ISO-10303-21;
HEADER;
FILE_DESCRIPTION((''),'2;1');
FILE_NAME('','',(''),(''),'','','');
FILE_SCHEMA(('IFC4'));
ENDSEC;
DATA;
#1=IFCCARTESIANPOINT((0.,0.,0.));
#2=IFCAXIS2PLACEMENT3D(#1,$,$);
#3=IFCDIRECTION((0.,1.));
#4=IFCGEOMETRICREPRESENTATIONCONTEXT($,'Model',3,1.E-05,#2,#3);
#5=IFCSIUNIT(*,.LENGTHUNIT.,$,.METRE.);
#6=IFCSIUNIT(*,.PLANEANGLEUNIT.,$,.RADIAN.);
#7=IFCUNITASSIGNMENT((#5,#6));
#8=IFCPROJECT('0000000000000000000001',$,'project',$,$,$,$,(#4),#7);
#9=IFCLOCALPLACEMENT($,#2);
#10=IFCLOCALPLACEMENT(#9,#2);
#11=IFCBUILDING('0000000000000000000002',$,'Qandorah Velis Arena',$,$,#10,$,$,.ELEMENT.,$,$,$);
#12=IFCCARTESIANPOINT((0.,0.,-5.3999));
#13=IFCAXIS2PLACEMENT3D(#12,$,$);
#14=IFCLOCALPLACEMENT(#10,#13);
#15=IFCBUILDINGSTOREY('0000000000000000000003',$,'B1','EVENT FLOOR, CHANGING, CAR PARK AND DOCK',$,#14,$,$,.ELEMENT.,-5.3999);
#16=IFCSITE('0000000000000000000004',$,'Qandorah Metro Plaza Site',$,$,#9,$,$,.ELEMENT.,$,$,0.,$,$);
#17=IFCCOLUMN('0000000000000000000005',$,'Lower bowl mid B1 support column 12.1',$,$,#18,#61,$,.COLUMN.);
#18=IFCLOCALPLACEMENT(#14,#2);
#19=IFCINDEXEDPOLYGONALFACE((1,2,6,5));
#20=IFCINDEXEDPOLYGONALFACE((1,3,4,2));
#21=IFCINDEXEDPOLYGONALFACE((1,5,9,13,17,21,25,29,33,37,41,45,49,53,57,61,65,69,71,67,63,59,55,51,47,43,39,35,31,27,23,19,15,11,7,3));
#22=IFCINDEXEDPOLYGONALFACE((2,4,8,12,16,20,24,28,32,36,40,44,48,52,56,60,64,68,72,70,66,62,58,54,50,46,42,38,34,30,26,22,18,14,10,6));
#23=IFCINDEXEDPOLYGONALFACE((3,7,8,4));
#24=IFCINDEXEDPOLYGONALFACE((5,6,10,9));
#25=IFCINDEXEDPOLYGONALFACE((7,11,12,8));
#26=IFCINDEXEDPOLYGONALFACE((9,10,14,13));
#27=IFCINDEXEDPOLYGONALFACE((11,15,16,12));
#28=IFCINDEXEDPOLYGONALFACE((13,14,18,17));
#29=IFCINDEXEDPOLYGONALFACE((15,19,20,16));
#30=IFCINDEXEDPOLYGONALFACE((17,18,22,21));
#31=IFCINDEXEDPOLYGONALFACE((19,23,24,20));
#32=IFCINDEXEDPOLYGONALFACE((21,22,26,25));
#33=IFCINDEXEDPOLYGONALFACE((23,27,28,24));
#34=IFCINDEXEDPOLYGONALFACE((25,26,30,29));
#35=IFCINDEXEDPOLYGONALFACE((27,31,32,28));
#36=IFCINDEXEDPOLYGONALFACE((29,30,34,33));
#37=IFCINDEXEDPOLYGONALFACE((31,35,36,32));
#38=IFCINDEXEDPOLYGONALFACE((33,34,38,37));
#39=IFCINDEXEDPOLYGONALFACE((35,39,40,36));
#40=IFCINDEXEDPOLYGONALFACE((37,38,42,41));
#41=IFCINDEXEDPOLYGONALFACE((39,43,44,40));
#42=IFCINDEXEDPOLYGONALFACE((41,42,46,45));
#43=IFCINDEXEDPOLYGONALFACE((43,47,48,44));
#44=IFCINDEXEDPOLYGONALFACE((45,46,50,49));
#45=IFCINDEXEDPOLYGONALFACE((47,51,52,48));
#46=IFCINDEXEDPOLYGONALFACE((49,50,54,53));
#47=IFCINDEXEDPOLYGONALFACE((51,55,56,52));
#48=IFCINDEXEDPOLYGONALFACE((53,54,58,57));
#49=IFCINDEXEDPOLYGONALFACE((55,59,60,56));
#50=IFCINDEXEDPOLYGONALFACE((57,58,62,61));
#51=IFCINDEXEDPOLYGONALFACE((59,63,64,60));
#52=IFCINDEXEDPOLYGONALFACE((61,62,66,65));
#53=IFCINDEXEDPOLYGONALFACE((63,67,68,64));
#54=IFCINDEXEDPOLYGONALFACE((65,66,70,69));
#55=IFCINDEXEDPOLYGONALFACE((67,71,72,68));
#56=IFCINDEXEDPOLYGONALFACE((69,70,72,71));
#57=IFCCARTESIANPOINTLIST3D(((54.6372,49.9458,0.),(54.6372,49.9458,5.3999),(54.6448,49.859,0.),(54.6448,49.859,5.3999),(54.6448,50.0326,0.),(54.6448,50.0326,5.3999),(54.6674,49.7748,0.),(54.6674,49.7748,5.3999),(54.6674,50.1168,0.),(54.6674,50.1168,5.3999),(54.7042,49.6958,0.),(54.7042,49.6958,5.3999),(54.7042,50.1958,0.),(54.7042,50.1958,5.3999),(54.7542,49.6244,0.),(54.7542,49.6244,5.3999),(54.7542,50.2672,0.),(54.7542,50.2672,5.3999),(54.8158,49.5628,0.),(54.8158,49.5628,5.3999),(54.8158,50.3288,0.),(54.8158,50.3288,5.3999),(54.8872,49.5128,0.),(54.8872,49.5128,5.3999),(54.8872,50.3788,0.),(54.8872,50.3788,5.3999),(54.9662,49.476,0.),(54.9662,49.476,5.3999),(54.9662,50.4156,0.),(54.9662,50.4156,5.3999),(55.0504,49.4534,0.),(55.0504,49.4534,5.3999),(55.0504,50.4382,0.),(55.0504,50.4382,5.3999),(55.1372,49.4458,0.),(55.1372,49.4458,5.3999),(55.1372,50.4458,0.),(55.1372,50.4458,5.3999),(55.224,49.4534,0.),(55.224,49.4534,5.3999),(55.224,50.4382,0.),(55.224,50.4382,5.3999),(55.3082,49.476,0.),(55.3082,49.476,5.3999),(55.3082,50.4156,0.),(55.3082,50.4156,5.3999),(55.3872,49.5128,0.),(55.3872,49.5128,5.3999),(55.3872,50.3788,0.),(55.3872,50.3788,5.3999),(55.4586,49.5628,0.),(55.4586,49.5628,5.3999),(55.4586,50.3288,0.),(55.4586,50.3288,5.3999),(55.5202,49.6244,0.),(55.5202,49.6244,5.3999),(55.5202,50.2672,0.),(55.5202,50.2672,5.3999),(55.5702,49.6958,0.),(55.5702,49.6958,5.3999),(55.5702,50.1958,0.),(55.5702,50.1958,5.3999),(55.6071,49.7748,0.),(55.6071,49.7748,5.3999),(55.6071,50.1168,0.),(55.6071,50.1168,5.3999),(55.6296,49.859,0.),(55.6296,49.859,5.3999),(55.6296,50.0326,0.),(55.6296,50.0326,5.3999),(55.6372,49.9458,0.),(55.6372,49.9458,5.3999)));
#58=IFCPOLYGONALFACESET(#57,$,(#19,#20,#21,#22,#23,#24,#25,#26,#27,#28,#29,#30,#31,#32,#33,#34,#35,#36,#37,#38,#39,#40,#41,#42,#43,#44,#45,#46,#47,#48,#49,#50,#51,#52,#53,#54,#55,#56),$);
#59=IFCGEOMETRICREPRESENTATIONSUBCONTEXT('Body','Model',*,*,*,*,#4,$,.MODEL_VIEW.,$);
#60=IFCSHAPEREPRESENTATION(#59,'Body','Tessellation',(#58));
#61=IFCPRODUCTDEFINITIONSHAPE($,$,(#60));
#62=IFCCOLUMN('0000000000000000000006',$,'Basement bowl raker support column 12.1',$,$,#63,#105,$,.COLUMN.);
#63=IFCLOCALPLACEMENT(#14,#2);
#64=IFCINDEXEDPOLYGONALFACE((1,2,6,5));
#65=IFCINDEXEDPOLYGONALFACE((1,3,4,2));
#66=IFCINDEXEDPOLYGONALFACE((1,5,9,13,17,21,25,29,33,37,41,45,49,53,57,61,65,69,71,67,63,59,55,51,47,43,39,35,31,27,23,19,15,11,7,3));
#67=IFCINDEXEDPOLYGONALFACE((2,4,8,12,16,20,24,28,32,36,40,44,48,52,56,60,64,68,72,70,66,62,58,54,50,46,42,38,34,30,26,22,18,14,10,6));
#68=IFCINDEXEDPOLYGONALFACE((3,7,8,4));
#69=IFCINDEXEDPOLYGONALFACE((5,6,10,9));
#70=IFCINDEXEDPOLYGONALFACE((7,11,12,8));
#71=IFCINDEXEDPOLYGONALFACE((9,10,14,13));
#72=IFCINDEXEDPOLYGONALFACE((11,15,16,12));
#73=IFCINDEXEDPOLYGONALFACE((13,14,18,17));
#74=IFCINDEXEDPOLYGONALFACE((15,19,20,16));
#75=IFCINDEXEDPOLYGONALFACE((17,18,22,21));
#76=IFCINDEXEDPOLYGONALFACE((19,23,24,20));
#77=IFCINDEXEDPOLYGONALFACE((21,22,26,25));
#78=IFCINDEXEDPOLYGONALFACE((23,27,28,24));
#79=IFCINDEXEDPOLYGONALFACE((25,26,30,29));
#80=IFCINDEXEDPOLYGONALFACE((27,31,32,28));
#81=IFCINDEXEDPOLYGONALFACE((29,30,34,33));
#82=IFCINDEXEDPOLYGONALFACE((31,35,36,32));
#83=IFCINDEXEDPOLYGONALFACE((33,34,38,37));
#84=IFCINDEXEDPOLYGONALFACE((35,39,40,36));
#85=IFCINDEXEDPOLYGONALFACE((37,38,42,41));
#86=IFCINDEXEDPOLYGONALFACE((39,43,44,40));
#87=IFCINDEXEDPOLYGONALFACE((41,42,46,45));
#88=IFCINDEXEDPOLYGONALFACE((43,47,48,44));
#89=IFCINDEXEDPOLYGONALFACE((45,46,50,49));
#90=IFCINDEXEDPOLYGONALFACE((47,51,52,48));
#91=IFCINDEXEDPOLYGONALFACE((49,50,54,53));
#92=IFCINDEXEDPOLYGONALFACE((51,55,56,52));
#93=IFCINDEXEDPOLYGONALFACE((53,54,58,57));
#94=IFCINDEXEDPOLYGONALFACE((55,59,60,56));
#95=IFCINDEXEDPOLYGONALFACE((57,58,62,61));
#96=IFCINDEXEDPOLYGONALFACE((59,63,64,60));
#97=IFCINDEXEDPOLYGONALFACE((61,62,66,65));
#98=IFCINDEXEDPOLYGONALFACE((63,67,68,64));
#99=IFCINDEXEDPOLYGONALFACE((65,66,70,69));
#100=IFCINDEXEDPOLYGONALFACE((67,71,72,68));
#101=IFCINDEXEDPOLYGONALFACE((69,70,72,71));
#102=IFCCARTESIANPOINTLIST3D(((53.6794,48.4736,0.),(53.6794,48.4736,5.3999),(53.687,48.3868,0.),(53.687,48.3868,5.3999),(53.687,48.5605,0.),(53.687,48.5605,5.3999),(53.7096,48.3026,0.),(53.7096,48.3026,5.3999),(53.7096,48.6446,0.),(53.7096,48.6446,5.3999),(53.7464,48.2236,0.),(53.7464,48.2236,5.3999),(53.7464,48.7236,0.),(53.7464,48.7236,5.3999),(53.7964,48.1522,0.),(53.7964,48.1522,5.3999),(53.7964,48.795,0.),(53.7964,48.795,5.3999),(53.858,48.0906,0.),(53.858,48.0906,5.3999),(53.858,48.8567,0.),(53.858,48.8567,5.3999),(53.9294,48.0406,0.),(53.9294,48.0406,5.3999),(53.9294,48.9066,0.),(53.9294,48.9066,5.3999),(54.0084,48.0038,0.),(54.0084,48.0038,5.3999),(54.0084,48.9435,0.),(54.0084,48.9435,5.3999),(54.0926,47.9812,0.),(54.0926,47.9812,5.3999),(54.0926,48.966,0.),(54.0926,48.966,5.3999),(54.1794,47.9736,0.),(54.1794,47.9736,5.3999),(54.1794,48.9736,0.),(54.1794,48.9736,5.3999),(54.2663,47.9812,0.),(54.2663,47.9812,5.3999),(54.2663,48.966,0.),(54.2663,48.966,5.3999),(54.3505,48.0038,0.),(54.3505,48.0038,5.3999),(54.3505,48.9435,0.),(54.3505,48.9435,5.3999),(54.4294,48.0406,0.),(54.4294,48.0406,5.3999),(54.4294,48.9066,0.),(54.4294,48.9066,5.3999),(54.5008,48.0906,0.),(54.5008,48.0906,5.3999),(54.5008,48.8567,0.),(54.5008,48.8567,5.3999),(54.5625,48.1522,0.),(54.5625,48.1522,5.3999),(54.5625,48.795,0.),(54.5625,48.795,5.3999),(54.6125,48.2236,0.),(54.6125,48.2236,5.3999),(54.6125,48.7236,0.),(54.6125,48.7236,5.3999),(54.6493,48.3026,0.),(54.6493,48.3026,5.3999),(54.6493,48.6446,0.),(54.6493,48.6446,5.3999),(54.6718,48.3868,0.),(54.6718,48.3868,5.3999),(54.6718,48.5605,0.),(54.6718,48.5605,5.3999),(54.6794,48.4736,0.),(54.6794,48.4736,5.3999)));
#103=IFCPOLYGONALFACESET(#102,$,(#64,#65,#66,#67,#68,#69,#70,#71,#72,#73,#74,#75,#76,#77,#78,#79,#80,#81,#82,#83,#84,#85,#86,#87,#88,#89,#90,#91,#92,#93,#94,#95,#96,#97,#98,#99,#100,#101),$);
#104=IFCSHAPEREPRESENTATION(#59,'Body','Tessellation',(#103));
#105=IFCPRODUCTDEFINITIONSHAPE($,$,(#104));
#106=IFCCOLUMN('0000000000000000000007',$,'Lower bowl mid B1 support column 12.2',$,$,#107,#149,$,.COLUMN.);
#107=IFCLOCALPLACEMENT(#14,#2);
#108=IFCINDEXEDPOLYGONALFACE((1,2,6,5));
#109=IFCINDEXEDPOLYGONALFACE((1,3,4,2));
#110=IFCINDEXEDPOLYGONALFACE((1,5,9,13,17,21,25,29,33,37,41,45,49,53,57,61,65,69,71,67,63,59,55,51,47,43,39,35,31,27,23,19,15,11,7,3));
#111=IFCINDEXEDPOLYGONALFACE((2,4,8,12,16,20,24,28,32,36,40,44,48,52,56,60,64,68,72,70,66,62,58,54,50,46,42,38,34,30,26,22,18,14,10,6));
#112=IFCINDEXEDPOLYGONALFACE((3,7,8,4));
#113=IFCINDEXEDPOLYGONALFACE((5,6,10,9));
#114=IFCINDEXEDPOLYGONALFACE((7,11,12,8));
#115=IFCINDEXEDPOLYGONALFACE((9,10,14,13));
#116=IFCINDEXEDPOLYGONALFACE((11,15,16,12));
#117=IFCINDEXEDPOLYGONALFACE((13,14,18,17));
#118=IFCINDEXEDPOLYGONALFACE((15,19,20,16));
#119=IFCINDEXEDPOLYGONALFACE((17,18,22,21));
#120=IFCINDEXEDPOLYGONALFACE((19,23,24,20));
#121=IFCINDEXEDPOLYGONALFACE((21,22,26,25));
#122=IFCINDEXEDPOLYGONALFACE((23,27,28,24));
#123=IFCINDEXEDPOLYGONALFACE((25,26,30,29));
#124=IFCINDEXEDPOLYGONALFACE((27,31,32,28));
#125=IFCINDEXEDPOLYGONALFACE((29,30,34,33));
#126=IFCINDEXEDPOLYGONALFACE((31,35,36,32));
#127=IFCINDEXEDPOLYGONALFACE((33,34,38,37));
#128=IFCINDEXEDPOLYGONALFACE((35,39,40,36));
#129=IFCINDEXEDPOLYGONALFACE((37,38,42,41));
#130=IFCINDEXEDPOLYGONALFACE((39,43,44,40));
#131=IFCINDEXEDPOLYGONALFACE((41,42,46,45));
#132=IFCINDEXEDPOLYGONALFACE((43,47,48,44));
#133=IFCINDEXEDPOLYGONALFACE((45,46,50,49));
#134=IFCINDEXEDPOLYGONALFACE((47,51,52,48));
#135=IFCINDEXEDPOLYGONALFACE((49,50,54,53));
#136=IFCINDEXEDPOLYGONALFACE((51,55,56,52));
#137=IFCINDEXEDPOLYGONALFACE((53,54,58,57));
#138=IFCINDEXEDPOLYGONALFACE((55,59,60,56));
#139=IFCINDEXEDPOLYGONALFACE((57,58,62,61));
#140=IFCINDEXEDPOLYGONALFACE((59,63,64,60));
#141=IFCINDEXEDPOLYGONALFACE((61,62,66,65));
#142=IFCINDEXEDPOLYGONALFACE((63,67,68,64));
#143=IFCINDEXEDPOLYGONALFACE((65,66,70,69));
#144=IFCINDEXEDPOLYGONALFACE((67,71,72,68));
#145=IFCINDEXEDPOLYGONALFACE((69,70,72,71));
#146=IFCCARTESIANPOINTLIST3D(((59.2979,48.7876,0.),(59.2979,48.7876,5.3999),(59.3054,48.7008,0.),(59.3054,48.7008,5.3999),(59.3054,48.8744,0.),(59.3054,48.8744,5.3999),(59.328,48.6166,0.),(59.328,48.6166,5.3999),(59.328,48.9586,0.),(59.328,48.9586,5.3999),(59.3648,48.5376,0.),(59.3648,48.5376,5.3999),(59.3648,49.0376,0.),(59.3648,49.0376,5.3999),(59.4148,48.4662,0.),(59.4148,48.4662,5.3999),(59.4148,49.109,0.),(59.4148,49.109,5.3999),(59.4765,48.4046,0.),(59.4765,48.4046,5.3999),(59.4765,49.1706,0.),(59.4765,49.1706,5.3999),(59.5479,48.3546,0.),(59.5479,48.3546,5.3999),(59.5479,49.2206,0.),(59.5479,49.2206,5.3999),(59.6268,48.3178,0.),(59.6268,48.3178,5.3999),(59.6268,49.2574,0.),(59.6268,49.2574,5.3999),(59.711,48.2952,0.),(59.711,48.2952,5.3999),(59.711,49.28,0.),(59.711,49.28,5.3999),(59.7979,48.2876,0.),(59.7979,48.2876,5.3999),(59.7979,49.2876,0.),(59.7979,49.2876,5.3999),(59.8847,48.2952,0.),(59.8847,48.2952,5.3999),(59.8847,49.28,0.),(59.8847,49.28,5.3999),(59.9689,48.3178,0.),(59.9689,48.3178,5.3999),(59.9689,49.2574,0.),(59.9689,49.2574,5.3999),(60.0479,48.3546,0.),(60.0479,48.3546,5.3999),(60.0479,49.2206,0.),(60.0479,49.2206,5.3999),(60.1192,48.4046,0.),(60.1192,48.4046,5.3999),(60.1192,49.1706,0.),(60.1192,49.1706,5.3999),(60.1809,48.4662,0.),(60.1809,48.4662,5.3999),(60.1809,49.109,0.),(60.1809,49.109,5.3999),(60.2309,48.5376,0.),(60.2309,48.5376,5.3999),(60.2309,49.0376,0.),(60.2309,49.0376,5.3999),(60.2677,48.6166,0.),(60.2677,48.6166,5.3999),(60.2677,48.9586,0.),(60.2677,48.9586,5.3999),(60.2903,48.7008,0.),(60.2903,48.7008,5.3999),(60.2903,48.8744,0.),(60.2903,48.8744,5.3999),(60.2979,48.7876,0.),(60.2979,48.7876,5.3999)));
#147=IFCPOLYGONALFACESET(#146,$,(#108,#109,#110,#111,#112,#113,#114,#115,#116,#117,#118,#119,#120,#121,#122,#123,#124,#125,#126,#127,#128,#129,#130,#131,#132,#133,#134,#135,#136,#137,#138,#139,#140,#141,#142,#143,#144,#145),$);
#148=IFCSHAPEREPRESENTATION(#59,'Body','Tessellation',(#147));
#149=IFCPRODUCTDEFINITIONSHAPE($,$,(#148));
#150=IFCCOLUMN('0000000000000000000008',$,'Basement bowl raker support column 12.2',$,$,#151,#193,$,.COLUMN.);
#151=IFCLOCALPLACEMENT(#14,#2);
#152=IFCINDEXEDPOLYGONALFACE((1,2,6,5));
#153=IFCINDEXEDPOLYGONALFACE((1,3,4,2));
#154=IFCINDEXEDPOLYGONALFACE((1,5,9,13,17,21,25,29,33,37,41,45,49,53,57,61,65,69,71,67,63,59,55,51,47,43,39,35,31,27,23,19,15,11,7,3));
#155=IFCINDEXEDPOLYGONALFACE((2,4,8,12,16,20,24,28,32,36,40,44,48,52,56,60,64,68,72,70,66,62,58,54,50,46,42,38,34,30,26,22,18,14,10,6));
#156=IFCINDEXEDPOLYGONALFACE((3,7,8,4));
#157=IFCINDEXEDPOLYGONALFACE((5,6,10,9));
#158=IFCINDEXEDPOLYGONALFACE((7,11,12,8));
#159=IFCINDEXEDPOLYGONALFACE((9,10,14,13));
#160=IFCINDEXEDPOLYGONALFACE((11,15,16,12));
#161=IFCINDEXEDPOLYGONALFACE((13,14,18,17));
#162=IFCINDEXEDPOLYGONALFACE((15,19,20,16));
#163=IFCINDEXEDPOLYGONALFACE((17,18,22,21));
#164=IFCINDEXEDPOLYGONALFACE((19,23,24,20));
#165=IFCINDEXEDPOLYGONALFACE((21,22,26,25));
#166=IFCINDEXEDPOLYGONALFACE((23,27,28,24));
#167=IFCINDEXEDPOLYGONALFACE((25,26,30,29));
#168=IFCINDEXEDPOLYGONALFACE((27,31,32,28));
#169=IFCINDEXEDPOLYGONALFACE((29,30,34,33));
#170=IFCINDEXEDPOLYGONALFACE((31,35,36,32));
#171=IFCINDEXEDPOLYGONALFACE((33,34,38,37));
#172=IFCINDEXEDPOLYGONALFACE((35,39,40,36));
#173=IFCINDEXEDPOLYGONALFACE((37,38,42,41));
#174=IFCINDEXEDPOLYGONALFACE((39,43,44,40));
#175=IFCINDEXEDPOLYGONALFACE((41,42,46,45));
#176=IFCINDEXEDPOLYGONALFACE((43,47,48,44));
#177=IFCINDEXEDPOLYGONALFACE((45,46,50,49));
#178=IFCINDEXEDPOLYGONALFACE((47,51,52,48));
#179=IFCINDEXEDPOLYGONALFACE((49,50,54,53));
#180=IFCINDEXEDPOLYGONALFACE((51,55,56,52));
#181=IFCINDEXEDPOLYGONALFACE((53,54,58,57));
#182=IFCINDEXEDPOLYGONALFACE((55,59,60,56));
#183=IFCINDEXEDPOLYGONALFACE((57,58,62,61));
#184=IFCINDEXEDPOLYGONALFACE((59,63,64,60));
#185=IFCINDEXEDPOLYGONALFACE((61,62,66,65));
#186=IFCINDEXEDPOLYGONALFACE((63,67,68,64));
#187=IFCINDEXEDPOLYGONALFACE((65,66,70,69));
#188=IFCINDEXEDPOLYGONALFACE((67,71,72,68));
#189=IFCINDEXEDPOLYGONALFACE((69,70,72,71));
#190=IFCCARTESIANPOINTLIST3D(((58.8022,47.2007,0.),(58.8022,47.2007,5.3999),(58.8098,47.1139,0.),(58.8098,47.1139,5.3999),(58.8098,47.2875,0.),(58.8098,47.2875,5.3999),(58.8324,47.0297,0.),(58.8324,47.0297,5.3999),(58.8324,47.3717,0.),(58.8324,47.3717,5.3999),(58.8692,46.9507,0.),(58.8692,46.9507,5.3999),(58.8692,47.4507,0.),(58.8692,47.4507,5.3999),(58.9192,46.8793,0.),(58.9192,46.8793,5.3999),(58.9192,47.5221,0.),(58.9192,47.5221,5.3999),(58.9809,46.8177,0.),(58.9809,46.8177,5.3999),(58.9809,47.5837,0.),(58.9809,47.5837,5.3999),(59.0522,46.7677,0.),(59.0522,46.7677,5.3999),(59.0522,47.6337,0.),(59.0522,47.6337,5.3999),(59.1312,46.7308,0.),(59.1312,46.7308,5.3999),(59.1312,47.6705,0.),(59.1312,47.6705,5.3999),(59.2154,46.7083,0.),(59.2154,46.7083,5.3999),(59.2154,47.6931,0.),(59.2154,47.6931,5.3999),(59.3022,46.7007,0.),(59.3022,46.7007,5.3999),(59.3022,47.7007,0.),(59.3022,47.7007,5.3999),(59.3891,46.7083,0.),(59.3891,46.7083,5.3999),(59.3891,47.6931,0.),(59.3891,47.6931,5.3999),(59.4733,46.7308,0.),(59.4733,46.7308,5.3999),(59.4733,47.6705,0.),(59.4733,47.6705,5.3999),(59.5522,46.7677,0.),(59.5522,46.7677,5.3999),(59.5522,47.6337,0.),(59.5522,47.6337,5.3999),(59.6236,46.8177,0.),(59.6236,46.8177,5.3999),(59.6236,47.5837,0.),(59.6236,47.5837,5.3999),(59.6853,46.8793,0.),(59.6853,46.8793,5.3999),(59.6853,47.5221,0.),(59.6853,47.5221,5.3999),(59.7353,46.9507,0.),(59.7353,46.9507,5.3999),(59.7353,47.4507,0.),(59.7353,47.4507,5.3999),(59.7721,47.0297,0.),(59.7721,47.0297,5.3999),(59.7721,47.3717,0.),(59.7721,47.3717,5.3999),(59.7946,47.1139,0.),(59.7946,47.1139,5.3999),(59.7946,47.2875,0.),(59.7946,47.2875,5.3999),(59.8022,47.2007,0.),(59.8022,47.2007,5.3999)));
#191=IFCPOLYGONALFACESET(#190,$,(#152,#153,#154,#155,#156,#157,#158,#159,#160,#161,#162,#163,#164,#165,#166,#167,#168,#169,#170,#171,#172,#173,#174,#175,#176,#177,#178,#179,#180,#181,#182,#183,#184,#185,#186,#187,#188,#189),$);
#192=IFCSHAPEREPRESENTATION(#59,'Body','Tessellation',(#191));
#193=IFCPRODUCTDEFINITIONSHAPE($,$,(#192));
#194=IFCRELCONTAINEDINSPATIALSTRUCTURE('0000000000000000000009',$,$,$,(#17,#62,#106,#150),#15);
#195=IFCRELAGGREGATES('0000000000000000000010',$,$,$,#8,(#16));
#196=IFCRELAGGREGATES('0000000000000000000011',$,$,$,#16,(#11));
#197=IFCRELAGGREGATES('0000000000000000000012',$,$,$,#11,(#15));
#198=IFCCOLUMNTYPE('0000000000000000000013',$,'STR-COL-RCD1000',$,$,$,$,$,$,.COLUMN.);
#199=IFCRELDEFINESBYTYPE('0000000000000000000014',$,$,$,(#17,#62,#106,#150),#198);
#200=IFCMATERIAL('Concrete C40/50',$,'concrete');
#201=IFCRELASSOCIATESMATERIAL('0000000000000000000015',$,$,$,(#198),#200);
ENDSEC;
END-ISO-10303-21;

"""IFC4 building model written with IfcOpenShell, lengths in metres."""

from ifc_helpers import new_model, si_unit, direction, frame, origin, origin_2d, place, context, subcontext, project, spatial, circle, extrude, material, material_profile, profile_set, type_object, element, save


model = new_model("IFC4")

# Units and contexts
model_context = context("Model", 3, precision=1e-05, world=origin(), true_north=direction((0.0, 1.0)))
body_context = subcontext(model_context, "Body", "Model", "MODEL_VIEW")
ifc_project = project(units=[si_unit("LENGTHUNIT", "METRE"), si_unit("PLANEANGLEUNIT", "RADIAN")], contexts=[model_context])

# Site, building, storey
site_placement = place(None, origin())
site = spatial("IfcSite", under=ifc_project, at=site_placement, Name="Qandorah Metro Plaza Site", CompositionType="ELEMENT", RefElevation=0.0)
building_placement = place(site_placement, origin())
building = spatial("IfcBuilding", under=site, at=building_placement, Name="Qandorah Velis Arena", CompositionType="ELEMENT")
storey_placement = place(building_placement, frame((0.0, 0.0, -5.3999)))
storey = spatial("IfcBuildingStorey", under=building, at=storey_placement, Name="B1", Description="EVENT FLOOR, CHANGING, CAR PARK AND DOCK", CompositionType="ELEMENT", Elevation=-5.3999)

# Shared definitions
ifc_material_1 = material(Name="Concrete C40/50", Category="concrete")

# Columns
ifc_material_profile_1 = material_profile(ifc_material_1, circle(Radius=0.5, at=origin_2d()), Name="RC D1000")
ifc_profile_set_1 = profile_set([ifc_material_profile_1], Name="Concrete C40/50")
column_type_1 = type_object("IfcColumnType", Name="STR-COL-RCD1000", PredefinedType="COLUMN", material=ifc_profile_set_1)
for number, where, z_axis, x_axis, name in (
    (1, (55.1372, 49.9458, 0.0), (0.0, 0.0, 1.0), (1.0, 0.0, 0.0), "Lower bowl mid B1 support column 12.1"),
    (2, (54.1794, 48.4736, 0.0), (0.0, 0.0, 1.0), (1.0, 0.0, 0.0), "Basement bowl raker support column 12.1"),
    (3, (59.7979, 48.7876, 0.0), (0.0, 0.0, 1.0), (1.0, 0.0, 0.0), "Lower bowl mid B1 support column 12.2"),
    (4, (59.3022, 47.2007, 0.0), (0.0, 0.0, 1.0), (1.0, 0.0, 0.0), "Basement bowl raker support column 12.2"),
):
    element("IfcColumn", number, at=place(storey_placement, frame(where, z_axis=z_axis, x_axis=x_axis)), inside=storey, type_object=column_type_1, Name=name, PredefinedType="COLUMN", context=body_context, shape_type="SweptSolid", body=[
        extrude(circle(Radius=0.5, at=origin_2d()), origin(), (0.0, 0.0, 1.0), 5.3999),
    ])

save(model, "model.ifc")
